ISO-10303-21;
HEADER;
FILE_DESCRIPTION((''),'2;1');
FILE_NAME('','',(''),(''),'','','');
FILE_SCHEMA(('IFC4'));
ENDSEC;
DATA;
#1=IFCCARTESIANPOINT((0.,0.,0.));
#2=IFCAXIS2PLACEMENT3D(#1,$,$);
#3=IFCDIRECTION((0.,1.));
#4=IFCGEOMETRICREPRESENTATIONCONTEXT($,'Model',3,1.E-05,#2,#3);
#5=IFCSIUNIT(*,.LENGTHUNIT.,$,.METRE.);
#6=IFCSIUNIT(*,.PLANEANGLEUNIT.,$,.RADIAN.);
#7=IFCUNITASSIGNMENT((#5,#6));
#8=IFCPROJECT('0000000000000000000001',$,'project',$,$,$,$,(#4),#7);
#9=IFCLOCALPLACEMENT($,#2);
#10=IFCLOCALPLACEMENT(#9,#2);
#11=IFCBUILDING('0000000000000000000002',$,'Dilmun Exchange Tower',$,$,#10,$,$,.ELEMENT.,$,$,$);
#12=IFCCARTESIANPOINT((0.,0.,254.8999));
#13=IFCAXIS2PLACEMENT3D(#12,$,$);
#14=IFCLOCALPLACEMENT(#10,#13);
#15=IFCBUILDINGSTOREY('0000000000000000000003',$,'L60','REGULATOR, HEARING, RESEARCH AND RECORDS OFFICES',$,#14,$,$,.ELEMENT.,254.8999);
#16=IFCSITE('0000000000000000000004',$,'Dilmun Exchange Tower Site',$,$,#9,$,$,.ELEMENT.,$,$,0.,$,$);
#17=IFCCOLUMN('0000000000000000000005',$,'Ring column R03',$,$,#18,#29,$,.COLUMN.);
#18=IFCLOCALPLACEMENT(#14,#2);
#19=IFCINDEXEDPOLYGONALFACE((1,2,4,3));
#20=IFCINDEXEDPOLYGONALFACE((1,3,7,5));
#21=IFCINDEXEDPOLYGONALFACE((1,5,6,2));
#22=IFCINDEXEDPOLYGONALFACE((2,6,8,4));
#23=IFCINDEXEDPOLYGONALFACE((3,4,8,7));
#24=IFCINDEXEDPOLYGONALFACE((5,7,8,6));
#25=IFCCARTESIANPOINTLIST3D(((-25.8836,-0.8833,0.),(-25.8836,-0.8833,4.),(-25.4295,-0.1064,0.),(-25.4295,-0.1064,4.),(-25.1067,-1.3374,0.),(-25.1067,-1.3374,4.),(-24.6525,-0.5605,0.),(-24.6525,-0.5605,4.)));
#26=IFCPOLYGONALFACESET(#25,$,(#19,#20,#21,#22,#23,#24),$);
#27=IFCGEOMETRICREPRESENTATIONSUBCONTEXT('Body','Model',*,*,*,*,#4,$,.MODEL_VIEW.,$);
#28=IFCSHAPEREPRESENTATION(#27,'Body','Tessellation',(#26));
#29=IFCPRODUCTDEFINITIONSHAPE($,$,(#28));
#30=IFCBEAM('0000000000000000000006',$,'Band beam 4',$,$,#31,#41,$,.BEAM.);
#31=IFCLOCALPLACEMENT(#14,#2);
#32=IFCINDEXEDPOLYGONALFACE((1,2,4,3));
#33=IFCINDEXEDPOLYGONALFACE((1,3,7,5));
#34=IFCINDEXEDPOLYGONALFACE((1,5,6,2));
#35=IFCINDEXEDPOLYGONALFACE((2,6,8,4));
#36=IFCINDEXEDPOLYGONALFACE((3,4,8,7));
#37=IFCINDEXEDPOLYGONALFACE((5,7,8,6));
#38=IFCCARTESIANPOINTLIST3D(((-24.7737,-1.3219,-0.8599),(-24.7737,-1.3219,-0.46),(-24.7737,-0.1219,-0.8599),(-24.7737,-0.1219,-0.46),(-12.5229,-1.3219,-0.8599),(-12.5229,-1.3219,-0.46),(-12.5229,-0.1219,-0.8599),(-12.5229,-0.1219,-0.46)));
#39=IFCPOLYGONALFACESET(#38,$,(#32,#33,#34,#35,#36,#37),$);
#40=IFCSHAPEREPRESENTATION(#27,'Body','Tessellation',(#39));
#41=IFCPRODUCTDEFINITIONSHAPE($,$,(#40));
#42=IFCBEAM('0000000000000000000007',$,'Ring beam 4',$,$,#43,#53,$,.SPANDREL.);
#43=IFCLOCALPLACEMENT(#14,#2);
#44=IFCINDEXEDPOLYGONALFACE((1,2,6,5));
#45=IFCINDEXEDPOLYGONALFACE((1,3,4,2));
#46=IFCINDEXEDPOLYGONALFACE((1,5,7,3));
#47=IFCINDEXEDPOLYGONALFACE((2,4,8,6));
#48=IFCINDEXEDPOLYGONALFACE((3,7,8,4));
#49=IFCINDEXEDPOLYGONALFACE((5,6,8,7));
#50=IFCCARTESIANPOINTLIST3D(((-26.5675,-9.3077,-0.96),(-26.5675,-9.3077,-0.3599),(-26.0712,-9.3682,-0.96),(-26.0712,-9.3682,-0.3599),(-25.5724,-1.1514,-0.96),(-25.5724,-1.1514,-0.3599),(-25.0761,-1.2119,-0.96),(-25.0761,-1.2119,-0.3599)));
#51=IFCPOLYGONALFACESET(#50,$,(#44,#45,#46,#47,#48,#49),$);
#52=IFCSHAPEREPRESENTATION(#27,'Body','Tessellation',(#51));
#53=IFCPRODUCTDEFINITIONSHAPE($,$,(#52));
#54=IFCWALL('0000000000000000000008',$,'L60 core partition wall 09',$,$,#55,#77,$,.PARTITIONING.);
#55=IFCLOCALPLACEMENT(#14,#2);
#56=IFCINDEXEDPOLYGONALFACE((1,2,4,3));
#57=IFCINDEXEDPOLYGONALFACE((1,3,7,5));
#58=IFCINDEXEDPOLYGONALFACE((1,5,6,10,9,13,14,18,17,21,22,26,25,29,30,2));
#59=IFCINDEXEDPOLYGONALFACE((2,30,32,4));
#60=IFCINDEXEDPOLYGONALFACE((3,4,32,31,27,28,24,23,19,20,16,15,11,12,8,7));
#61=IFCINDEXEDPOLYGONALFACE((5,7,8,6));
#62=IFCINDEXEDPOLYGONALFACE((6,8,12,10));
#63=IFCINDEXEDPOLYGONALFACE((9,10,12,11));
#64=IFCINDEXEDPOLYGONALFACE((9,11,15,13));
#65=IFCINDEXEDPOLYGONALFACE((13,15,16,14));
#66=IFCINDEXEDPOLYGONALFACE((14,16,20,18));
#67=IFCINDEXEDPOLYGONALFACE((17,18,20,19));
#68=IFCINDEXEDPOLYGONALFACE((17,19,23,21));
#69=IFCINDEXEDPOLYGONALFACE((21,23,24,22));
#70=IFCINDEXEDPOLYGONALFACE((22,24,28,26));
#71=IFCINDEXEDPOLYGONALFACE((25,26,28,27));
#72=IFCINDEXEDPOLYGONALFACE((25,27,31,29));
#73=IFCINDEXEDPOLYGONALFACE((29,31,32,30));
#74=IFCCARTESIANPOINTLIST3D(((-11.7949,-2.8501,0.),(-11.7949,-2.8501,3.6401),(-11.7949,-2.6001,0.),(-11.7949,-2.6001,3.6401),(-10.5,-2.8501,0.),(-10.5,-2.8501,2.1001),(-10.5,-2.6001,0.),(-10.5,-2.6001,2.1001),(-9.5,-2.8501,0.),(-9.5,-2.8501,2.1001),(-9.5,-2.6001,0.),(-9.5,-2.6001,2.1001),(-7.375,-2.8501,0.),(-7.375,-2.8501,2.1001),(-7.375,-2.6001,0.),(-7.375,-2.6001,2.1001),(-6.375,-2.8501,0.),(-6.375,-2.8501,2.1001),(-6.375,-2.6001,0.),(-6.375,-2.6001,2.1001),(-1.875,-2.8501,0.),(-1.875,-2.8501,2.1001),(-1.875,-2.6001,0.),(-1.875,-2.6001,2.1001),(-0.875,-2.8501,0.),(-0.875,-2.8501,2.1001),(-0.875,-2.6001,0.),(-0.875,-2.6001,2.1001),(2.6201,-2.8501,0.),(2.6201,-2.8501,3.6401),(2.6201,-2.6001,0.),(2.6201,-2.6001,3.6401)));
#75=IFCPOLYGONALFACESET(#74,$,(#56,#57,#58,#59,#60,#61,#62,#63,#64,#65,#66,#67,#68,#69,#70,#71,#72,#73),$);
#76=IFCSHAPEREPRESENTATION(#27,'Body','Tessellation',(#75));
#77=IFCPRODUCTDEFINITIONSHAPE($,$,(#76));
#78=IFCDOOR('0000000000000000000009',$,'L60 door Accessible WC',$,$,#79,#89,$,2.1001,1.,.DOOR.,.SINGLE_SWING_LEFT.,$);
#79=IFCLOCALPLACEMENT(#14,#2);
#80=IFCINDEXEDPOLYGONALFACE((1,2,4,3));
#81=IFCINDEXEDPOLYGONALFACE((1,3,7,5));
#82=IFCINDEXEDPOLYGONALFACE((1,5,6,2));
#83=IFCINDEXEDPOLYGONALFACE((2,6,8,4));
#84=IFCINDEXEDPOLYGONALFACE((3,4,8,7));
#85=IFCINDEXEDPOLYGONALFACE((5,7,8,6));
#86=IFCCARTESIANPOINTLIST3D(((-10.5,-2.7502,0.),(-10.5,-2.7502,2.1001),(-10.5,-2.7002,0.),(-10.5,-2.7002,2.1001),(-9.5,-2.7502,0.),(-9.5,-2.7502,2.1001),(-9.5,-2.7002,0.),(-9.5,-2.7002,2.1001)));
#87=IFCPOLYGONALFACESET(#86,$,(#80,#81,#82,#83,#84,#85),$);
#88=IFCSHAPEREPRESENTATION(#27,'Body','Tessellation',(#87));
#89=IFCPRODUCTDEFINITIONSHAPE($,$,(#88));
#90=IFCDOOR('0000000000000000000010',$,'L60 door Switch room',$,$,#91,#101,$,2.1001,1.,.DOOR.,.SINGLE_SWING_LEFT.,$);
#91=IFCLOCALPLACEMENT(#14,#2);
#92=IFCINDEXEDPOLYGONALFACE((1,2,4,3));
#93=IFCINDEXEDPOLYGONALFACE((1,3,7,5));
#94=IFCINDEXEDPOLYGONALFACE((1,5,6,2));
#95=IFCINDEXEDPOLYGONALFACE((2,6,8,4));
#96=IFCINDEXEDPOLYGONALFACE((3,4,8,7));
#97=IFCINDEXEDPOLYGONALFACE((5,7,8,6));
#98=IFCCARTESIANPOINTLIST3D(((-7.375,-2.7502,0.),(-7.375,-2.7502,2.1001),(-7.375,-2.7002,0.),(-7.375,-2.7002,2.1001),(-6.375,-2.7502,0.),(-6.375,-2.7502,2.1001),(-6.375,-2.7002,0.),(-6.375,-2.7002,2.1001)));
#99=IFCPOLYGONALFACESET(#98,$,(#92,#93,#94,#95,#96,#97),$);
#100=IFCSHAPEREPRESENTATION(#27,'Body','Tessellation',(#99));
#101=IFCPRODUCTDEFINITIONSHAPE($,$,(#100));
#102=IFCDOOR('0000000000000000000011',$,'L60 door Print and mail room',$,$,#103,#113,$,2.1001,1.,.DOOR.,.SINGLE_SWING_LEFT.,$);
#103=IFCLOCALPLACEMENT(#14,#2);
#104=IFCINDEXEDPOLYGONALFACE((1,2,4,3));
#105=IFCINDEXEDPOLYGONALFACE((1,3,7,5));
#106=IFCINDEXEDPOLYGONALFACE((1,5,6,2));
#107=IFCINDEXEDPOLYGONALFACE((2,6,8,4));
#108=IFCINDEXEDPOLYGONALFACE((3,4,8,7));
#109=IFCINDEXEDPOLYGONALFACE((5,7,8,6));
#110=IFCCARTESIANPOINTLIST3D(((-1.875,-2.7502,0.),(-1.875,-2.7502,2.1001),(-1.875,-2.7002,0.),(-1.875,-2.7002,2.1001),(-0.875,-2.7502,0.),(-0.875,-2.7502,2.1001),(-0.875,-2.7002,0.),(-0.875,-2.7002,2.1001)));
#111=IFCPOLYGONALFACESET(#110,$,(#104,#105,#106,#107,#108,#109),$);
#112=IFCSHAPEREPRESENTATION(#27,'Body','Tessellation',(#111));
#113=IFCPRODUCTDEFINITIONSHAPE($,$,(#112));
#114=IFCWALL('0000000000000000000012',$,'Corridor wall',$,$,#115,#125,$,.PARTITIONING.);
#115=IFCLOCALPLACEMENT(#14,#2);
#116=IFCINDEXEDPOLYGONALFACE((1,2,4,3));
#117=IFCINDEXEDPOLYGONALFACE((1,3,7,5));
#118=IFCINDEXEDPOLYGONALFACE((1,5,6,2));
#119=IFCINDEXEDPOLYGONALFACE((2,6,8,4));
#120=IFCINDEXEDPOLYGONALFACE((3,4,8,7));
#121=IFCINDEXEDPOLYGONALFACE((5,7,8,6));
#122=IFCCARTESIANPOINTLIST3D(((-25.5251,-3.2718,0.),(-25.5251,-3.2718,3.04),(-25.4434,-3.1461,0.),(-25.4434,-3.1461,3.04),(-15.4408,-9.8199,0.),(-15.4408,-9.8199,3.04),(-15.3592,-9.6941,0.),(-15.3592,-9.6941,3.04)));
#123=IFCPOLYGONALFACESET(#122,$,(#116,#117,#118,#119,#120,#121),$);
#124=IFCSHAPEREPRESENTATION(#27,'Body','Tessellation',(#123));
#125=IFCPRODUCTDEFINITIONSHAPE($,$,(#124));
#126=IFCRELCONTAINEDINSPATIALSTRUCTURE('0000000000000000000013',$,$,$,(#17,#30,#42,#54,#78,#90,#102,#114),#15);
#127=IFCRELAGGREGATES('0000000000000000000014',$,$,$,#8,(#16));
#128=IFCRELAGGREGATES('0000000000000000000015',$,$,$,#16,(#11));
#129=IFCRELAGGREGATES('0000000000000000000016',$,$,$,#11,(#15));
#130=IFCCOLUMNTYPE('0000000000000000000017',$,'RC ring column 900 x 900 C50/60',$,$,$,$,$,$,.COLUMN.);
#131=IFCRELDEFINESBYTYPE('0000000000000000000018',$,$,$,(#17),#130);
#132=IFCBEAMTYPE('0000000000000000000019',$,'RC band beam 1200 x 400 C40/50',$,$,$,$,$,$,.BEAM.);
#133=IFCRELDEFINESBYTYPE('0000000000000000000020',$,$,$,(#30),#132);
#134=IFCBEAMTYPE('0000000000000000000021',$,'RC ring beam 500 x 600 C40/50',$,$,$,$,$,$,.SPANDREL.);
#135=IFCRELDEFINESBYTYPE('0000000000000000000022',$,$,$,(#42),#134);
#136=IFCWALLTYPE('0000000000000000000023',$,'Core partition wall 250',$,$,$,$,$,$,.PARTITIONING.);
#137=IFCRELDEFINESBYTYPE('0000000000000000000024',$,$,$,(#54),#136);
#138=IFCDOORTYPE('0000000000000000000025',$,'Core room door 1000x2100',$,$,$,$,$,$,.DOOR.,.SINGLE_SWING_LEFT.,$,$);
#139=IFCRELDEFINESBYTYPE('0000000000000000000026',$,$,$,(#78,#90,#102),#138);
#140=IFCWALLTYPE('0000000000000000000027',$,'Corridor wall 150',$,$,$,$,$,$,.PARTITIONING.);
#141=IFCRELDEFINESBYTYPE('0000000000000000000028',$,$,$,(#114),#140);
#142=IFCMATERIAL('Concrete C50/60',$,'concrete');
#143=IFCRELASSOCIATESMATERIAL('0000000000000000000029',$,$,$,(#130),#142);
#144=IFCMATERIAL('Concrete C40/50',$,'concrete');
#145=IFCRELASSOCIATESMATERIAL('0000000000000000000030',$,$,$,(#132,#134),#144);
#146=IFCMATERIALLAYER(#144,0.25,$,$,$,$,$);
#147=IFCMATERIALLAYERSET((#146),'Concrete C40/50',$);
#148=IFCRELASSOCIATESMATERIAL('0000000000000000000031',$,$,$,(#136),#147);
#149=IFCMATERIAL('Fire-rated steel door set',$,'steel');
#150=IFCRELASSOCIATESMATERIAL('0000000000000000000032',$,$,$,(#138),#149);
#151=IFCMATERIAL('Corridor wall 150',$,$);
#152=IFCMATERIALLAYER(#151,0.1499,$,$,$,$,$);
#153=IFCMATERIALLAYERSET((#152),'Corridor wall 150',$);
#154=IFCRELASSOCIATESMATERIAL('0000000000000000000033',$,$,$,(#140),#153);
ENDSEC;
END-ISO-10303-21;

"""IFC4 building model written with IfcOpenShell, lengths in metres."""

from ifc_helpers import new_model, si_unit, direction, frame, frame_2d, origin, origin_2d, place, context, subcontext, project, spatial, rectangle, extrude, material, layer, layer_set, material_profile, profile_set, type_object, element, fill, save


model = new_model("IFC4")

# Units and contexts
model_context = context("Model", 3, precision=1e-05, world=origin(), true_north=direction((0.0, 1.0)))
body_context = subcontext(model_context, "Body", "Model", "MODEL_VIEW")
ifc_project = project(units=[si_unit("LENGTHUNIT", "METRE"), si_unit("PLANEANGLEUNIT", "RADIAN")], contexts=[model_context])

# Site, building, storey
site_placement = place(None, origin())
site = spatial("IfcSite", under=ifc_project, at=site_placement, Name="Dilmun Exchange Tower Site", CompositionType="ELEMENT", RefElevation=0.0)
building_placement = place(site_placement, origin())
building = spatial("IfcBuilding", under=site, at=building_placement, Name="Dilmun Exchange Tower", CompositionType="ELEMENT")
storey_placement = place(building_placement, frame((0.0, 0.0, 254.8999)))
storey = spatial("IfcBuildingStorey", under=building, at=storey_placement, Name="L60", Description="REGULATOR, HEARING, RESEARCH AND RECORDS OFFICES", CompositionType="ELEMENT", Elevation=254.8999)

# Column
ifc_material_1 = material(Name="Concrete C50/60", Category="concrete")
ifc_material_profile_1 = material_profile(ifc_material_1, rectangle(XDim=0.8999, YDim=0.8999, at=origin_2d()), Name="900 x 900")
ifc_profile_set_1 = profile_set([ifc_material_profile_1], Name="Concrete C50/60")
column_type = type_object("IfcColumnType", Name="RC ring column 900 x 900 C50/60", PredefinedType="COLUMN", material=ifc_profile_set_1)
column_placement = place(storey_placement, frame((-25.2681, -0.7219, 0.0), z_axis=(0.0, 0.0, 1.0), x_axis=(0.504644, 0.863328, 0.0)))
element("IfcColumn", 1, at=column_placement, inside=storey, type_object=column_type, Name="Ring column R03", PredefinedType="COLUMN", context=body_context, shape_type="SweptSolid", body=[
    extrude(rectangle(XDim=0.8999, YDim=0.8999, at=origin_2d()), origin(), (0.0, 0.0, 1.0), 4.0),
])

# Beams
ifc_material_2 = material(Name="Concrete C40/50", Category="concrete")
ifc_material_profile_2 = material_profile(ifc_material_2, rectangle(XDim=1.2, YDim=0.3999, at=origin_2d()), Name="1200 x 400")
ifc_profile_set_2 = profile_set([ifc_material_profile_2], Name="Concrete C40/50")
beam_type_1 = type_object("IfcBeamType", Name="RC band beam 1200 x 400 C40/50", PredefinedType="BEAM", material=ifc_profile_set_2)
beam_1_placement = place(storey_placement, frame((-24.7737, -0.7219, -0.6599), z_axis=(1.0, 0.0, 0.0), x_axis=(0.0, 1.0, 0.0)))
element("IfcBeam", 2, at=beam_1_placement, inside=storey, type_object=beam_type_1, Name="Band beam 4", PredefinedType="BEAM", context=body_context, shape_type="SweptSolid", body=[
    extrude(rectangle(XDim=1.2, YDim=0.3999, at=origin_2d()), origin(), (0.0, 0.0, 1.0), 12.2507),
])
ifc_material_profile_3 = material_profile(ifc_material_2, rectangle(XDim=0.5, YDim=0.6001, at=origin_2d()), Name="500 x 600")
ifc_profile_set_3 = profile_set([ifc_material_profile_3], Name="Concrete C40/50")
beam_type_2 = type_object("IfcBeamType", Name="RC ring beam 500 x 600 C40/50", PredefinedType="SPANDREL", material=ifc_profile_set_3)
beam_2_placement = place(storey_placement, frame((-25.3242, -1.1816, -0.6599), z_axis=(-0.121109, -0.992639, 0.0), x_axis=(0.992639, -0.121109, 0.0)))
element("IfcBeam", 3, at=beam_2_placement, inside=storey, type_object=beam_type_2, Name="Ring beam 4", PredefinedType="SPANDREL", context=body_context, shape_type="SweptSolid", body=[
    extrude(rectangle(XDim=0.5, YDim=0.6001, at=origin_2d()), origin(), (0.0, 0.0, 1.0), 8.2168),
])

# Wall, openings, doors
ifc_layer_1 = layer(ifc_material_2, 0.25)
ifc_layer_set_1 = layer_set([ifc_layer_1], Name="Concrete C40/50")
wall_type_1 = type_object("IfcWallType", Name="Core partition wall 250", PredefinedType="PARTITIONING", material=ifc_layer_set_1)
wall_1_placement = place(storey_placement, frame((-11.7949, -2.7251, 0.0), z_axis=(0.0, 0.0, 1.0), x_axis=(1.0, 0.0, 0.0)))
wall_1 = element("IfcWall", 4, at=wall_1_placement, inside=storey, type_object=wall_type_1, Name="L60 core partition wall 09", PredefinedType="PARTITIONING", context=body_context, shape_type="SweptSolid", body=[
    extrude(rectangle(XDim=14.415, YDim=0.25, at=frame_2d((7.2075, 0.0))), origin(), (0.0, 0.0, 1.0), 3.6401),
])
opening_1_placement = place(wall_1_placement, frame((1.2949, 0.0, 0.0)))
opening_1 = element("IfcOpeningElement", 5, at=opening_1_placement, cuts=wall_1, PredefinedType="OPENING", context=body_context, shape_type="SweptSolid", body=[
    extrude(rectangle(XDim=1.0, YDim=2.1001, at=frame_2d((0.5, 1.05))), frame((0.0, 0.135, 0.0), z_axis=(0.0, -1.0, 0.0), x_axis=(1.0, 0.0, 0.0)), (0.0, 0.0, 1.0), 0.27),
])
opening_2_placement = place(wall_1_placement, frame((4.4199, 0.0, 0.0)))
opening_2 = element("IfcOpeningElement", 6, at=opening_2_placement, cuts=wall_1, PredefinedType="OPENING", context=body_context, shape_type="SweptSolid", body=[
    extrude(rectangle(XDim=1.0, YDim=2.1001, at=frame_2d((0.5, 1.05))), frame((0.0, 0.135, 0.0), z_axis=(0.0, -1.0, 0.0), x_axis=(1.0, 0.0, 0.0)), (0.0, 0.0, 1.0), 0.27),
])
opening_3_placement = place(wall_1_placement, frame((9.9199, 0.0, 0.0)))
opening_3 = element("IfcOpeningElement", 7, at=opening_3_placement, cuts=wall_1, PredefinedType="OPENING", context=body_context, shape_type="SweptSolid", body=[
    extrude(rectangle(XDim=1.0, YDim=2.1001, at=frame_2d((0.5, 1.05))), frame((0.0, 0.135, 0.0), z_axis=(0.0, -1.0, 0.0), x_axis=(1.0, 0.0, 0.0)), (0.0, 0.0, 1.0), 0.27),
])
ifc_material_3 = material(Name="Fire-rated steel door set", Category="steel")
door_type_1 = type_object("IfcDoorType", Name="Core room door 1000x2100", OperationType="SINGLE_SWING_LEFT", PredefinedType="DOOR", material=ifc_material_3)
door_1_placement = place(opening_1_placement, origin())
door_1 = element("IfcDoor", 8, at=door_1_placement, inside=storey, type_object=door_type_1, Name="L60 door Accessible WC", OperationType="SINGLE_SWING_LEFT", OverallHeight=2.1001, OverallWidth=1.0, PredefinedType="DOOR", context=body_context, shape_type="SweptSolid", body=[
    extrude(rectangle(XDim=1.0, YDim=2.1001, at=frame_2d((0.5, 1.05))), frame((0.0, 0.0249, 0.0), z_axis=(0.0, -1.0, 0.0), x_axis=(1.0, 0.0, 0.0)), (0.0, 0.0, 1.0), 0.05),
])
fill(opening_1, door_1)
door_2_placement = place(opening_2_placement, origin())
door_2 = element("IfcDoor", 9, at=door_2_placement, inside=storey, type_object=door_type_1, Name="L60 door Switch room", OperationType="SINGLE_SWING_LEFT", OverallHeight=2.1001, OverallWidth=1.0, PredefinedType="DOOR", context=body_context, shape_type="SweptSolid", body=[
    extrude(rectangle(XDim=1.0, YDim=2.1001, at=frame_2d((0.5, 1.05))), frame((0.0, 0.0249, 0.0), z_axis=(0.0, -1.0, 0.0), x_axis=(1.0, 0.0, 0.0)), (0.0, 0.0, 1.0), 0.05),
])
fill(opening_2, door_2)
door_3_placement = place(opening_3_placement, origin())
door_3 = element("IfcDoor", 10, at=door_3_placement, inside=storey, type_object=door_type_1, Name="L60 door Print and mail room", OperationType="SINGLE_SWING_LEFT", OverallHeight=2.1001, OverallWidth=1.0, PredefinedType="DOOR", context=body_context, shape_type="SweptSolid", body=[
    extrude(rectangle(XDim=1.0, YDim=2.1001, at=frame_2d((0.5, 1.05))), frame((0.0, 0.0249, 0.0), z_axis=(0.0, -1.0, 0.0), x_axis=(1.0, 0.0, 0.0)), (0.0, 0.0, 1.0), 0.05),
])
fill(opening_3, door_3)

# Wall
ifc_material_4 = material(Name="Corridor wall 150")
ifc_layer_2 = layer(ifc_material_4, 0.1499)
ifc_layer_set_2 = layer_set([ifc_layer_2], Name="Corridor wall 150")
wall_type_2 = type_object("IfcWallType", Name="Corridor wall 150", PredefinedType="PARTITIONING", material=ifc_layer_set_2)
wall_2_placement = place(storey_placement, frame((-25.4841, -3.209, 0.0), z_axis=(0.0, 0.0, 1.0), x_axis=(0.838696, -0.544599, 0.0)))
element("IfcWall", 11, at=wall_2_placement, inside=storey, type_object=wall_type_2, Name="Corridor wall", PredefinedType="PARTITIONING", context=body_context, shape_type="SweptSolid", body=[
    extrude(rectangle(XDim=12.0237, YDim=0.1499, at=frame_2d((6.0117, 0.0))), origin(), (0.0, 0.0, 1.0), 3.04),
])

save(model, "model.ifc")
